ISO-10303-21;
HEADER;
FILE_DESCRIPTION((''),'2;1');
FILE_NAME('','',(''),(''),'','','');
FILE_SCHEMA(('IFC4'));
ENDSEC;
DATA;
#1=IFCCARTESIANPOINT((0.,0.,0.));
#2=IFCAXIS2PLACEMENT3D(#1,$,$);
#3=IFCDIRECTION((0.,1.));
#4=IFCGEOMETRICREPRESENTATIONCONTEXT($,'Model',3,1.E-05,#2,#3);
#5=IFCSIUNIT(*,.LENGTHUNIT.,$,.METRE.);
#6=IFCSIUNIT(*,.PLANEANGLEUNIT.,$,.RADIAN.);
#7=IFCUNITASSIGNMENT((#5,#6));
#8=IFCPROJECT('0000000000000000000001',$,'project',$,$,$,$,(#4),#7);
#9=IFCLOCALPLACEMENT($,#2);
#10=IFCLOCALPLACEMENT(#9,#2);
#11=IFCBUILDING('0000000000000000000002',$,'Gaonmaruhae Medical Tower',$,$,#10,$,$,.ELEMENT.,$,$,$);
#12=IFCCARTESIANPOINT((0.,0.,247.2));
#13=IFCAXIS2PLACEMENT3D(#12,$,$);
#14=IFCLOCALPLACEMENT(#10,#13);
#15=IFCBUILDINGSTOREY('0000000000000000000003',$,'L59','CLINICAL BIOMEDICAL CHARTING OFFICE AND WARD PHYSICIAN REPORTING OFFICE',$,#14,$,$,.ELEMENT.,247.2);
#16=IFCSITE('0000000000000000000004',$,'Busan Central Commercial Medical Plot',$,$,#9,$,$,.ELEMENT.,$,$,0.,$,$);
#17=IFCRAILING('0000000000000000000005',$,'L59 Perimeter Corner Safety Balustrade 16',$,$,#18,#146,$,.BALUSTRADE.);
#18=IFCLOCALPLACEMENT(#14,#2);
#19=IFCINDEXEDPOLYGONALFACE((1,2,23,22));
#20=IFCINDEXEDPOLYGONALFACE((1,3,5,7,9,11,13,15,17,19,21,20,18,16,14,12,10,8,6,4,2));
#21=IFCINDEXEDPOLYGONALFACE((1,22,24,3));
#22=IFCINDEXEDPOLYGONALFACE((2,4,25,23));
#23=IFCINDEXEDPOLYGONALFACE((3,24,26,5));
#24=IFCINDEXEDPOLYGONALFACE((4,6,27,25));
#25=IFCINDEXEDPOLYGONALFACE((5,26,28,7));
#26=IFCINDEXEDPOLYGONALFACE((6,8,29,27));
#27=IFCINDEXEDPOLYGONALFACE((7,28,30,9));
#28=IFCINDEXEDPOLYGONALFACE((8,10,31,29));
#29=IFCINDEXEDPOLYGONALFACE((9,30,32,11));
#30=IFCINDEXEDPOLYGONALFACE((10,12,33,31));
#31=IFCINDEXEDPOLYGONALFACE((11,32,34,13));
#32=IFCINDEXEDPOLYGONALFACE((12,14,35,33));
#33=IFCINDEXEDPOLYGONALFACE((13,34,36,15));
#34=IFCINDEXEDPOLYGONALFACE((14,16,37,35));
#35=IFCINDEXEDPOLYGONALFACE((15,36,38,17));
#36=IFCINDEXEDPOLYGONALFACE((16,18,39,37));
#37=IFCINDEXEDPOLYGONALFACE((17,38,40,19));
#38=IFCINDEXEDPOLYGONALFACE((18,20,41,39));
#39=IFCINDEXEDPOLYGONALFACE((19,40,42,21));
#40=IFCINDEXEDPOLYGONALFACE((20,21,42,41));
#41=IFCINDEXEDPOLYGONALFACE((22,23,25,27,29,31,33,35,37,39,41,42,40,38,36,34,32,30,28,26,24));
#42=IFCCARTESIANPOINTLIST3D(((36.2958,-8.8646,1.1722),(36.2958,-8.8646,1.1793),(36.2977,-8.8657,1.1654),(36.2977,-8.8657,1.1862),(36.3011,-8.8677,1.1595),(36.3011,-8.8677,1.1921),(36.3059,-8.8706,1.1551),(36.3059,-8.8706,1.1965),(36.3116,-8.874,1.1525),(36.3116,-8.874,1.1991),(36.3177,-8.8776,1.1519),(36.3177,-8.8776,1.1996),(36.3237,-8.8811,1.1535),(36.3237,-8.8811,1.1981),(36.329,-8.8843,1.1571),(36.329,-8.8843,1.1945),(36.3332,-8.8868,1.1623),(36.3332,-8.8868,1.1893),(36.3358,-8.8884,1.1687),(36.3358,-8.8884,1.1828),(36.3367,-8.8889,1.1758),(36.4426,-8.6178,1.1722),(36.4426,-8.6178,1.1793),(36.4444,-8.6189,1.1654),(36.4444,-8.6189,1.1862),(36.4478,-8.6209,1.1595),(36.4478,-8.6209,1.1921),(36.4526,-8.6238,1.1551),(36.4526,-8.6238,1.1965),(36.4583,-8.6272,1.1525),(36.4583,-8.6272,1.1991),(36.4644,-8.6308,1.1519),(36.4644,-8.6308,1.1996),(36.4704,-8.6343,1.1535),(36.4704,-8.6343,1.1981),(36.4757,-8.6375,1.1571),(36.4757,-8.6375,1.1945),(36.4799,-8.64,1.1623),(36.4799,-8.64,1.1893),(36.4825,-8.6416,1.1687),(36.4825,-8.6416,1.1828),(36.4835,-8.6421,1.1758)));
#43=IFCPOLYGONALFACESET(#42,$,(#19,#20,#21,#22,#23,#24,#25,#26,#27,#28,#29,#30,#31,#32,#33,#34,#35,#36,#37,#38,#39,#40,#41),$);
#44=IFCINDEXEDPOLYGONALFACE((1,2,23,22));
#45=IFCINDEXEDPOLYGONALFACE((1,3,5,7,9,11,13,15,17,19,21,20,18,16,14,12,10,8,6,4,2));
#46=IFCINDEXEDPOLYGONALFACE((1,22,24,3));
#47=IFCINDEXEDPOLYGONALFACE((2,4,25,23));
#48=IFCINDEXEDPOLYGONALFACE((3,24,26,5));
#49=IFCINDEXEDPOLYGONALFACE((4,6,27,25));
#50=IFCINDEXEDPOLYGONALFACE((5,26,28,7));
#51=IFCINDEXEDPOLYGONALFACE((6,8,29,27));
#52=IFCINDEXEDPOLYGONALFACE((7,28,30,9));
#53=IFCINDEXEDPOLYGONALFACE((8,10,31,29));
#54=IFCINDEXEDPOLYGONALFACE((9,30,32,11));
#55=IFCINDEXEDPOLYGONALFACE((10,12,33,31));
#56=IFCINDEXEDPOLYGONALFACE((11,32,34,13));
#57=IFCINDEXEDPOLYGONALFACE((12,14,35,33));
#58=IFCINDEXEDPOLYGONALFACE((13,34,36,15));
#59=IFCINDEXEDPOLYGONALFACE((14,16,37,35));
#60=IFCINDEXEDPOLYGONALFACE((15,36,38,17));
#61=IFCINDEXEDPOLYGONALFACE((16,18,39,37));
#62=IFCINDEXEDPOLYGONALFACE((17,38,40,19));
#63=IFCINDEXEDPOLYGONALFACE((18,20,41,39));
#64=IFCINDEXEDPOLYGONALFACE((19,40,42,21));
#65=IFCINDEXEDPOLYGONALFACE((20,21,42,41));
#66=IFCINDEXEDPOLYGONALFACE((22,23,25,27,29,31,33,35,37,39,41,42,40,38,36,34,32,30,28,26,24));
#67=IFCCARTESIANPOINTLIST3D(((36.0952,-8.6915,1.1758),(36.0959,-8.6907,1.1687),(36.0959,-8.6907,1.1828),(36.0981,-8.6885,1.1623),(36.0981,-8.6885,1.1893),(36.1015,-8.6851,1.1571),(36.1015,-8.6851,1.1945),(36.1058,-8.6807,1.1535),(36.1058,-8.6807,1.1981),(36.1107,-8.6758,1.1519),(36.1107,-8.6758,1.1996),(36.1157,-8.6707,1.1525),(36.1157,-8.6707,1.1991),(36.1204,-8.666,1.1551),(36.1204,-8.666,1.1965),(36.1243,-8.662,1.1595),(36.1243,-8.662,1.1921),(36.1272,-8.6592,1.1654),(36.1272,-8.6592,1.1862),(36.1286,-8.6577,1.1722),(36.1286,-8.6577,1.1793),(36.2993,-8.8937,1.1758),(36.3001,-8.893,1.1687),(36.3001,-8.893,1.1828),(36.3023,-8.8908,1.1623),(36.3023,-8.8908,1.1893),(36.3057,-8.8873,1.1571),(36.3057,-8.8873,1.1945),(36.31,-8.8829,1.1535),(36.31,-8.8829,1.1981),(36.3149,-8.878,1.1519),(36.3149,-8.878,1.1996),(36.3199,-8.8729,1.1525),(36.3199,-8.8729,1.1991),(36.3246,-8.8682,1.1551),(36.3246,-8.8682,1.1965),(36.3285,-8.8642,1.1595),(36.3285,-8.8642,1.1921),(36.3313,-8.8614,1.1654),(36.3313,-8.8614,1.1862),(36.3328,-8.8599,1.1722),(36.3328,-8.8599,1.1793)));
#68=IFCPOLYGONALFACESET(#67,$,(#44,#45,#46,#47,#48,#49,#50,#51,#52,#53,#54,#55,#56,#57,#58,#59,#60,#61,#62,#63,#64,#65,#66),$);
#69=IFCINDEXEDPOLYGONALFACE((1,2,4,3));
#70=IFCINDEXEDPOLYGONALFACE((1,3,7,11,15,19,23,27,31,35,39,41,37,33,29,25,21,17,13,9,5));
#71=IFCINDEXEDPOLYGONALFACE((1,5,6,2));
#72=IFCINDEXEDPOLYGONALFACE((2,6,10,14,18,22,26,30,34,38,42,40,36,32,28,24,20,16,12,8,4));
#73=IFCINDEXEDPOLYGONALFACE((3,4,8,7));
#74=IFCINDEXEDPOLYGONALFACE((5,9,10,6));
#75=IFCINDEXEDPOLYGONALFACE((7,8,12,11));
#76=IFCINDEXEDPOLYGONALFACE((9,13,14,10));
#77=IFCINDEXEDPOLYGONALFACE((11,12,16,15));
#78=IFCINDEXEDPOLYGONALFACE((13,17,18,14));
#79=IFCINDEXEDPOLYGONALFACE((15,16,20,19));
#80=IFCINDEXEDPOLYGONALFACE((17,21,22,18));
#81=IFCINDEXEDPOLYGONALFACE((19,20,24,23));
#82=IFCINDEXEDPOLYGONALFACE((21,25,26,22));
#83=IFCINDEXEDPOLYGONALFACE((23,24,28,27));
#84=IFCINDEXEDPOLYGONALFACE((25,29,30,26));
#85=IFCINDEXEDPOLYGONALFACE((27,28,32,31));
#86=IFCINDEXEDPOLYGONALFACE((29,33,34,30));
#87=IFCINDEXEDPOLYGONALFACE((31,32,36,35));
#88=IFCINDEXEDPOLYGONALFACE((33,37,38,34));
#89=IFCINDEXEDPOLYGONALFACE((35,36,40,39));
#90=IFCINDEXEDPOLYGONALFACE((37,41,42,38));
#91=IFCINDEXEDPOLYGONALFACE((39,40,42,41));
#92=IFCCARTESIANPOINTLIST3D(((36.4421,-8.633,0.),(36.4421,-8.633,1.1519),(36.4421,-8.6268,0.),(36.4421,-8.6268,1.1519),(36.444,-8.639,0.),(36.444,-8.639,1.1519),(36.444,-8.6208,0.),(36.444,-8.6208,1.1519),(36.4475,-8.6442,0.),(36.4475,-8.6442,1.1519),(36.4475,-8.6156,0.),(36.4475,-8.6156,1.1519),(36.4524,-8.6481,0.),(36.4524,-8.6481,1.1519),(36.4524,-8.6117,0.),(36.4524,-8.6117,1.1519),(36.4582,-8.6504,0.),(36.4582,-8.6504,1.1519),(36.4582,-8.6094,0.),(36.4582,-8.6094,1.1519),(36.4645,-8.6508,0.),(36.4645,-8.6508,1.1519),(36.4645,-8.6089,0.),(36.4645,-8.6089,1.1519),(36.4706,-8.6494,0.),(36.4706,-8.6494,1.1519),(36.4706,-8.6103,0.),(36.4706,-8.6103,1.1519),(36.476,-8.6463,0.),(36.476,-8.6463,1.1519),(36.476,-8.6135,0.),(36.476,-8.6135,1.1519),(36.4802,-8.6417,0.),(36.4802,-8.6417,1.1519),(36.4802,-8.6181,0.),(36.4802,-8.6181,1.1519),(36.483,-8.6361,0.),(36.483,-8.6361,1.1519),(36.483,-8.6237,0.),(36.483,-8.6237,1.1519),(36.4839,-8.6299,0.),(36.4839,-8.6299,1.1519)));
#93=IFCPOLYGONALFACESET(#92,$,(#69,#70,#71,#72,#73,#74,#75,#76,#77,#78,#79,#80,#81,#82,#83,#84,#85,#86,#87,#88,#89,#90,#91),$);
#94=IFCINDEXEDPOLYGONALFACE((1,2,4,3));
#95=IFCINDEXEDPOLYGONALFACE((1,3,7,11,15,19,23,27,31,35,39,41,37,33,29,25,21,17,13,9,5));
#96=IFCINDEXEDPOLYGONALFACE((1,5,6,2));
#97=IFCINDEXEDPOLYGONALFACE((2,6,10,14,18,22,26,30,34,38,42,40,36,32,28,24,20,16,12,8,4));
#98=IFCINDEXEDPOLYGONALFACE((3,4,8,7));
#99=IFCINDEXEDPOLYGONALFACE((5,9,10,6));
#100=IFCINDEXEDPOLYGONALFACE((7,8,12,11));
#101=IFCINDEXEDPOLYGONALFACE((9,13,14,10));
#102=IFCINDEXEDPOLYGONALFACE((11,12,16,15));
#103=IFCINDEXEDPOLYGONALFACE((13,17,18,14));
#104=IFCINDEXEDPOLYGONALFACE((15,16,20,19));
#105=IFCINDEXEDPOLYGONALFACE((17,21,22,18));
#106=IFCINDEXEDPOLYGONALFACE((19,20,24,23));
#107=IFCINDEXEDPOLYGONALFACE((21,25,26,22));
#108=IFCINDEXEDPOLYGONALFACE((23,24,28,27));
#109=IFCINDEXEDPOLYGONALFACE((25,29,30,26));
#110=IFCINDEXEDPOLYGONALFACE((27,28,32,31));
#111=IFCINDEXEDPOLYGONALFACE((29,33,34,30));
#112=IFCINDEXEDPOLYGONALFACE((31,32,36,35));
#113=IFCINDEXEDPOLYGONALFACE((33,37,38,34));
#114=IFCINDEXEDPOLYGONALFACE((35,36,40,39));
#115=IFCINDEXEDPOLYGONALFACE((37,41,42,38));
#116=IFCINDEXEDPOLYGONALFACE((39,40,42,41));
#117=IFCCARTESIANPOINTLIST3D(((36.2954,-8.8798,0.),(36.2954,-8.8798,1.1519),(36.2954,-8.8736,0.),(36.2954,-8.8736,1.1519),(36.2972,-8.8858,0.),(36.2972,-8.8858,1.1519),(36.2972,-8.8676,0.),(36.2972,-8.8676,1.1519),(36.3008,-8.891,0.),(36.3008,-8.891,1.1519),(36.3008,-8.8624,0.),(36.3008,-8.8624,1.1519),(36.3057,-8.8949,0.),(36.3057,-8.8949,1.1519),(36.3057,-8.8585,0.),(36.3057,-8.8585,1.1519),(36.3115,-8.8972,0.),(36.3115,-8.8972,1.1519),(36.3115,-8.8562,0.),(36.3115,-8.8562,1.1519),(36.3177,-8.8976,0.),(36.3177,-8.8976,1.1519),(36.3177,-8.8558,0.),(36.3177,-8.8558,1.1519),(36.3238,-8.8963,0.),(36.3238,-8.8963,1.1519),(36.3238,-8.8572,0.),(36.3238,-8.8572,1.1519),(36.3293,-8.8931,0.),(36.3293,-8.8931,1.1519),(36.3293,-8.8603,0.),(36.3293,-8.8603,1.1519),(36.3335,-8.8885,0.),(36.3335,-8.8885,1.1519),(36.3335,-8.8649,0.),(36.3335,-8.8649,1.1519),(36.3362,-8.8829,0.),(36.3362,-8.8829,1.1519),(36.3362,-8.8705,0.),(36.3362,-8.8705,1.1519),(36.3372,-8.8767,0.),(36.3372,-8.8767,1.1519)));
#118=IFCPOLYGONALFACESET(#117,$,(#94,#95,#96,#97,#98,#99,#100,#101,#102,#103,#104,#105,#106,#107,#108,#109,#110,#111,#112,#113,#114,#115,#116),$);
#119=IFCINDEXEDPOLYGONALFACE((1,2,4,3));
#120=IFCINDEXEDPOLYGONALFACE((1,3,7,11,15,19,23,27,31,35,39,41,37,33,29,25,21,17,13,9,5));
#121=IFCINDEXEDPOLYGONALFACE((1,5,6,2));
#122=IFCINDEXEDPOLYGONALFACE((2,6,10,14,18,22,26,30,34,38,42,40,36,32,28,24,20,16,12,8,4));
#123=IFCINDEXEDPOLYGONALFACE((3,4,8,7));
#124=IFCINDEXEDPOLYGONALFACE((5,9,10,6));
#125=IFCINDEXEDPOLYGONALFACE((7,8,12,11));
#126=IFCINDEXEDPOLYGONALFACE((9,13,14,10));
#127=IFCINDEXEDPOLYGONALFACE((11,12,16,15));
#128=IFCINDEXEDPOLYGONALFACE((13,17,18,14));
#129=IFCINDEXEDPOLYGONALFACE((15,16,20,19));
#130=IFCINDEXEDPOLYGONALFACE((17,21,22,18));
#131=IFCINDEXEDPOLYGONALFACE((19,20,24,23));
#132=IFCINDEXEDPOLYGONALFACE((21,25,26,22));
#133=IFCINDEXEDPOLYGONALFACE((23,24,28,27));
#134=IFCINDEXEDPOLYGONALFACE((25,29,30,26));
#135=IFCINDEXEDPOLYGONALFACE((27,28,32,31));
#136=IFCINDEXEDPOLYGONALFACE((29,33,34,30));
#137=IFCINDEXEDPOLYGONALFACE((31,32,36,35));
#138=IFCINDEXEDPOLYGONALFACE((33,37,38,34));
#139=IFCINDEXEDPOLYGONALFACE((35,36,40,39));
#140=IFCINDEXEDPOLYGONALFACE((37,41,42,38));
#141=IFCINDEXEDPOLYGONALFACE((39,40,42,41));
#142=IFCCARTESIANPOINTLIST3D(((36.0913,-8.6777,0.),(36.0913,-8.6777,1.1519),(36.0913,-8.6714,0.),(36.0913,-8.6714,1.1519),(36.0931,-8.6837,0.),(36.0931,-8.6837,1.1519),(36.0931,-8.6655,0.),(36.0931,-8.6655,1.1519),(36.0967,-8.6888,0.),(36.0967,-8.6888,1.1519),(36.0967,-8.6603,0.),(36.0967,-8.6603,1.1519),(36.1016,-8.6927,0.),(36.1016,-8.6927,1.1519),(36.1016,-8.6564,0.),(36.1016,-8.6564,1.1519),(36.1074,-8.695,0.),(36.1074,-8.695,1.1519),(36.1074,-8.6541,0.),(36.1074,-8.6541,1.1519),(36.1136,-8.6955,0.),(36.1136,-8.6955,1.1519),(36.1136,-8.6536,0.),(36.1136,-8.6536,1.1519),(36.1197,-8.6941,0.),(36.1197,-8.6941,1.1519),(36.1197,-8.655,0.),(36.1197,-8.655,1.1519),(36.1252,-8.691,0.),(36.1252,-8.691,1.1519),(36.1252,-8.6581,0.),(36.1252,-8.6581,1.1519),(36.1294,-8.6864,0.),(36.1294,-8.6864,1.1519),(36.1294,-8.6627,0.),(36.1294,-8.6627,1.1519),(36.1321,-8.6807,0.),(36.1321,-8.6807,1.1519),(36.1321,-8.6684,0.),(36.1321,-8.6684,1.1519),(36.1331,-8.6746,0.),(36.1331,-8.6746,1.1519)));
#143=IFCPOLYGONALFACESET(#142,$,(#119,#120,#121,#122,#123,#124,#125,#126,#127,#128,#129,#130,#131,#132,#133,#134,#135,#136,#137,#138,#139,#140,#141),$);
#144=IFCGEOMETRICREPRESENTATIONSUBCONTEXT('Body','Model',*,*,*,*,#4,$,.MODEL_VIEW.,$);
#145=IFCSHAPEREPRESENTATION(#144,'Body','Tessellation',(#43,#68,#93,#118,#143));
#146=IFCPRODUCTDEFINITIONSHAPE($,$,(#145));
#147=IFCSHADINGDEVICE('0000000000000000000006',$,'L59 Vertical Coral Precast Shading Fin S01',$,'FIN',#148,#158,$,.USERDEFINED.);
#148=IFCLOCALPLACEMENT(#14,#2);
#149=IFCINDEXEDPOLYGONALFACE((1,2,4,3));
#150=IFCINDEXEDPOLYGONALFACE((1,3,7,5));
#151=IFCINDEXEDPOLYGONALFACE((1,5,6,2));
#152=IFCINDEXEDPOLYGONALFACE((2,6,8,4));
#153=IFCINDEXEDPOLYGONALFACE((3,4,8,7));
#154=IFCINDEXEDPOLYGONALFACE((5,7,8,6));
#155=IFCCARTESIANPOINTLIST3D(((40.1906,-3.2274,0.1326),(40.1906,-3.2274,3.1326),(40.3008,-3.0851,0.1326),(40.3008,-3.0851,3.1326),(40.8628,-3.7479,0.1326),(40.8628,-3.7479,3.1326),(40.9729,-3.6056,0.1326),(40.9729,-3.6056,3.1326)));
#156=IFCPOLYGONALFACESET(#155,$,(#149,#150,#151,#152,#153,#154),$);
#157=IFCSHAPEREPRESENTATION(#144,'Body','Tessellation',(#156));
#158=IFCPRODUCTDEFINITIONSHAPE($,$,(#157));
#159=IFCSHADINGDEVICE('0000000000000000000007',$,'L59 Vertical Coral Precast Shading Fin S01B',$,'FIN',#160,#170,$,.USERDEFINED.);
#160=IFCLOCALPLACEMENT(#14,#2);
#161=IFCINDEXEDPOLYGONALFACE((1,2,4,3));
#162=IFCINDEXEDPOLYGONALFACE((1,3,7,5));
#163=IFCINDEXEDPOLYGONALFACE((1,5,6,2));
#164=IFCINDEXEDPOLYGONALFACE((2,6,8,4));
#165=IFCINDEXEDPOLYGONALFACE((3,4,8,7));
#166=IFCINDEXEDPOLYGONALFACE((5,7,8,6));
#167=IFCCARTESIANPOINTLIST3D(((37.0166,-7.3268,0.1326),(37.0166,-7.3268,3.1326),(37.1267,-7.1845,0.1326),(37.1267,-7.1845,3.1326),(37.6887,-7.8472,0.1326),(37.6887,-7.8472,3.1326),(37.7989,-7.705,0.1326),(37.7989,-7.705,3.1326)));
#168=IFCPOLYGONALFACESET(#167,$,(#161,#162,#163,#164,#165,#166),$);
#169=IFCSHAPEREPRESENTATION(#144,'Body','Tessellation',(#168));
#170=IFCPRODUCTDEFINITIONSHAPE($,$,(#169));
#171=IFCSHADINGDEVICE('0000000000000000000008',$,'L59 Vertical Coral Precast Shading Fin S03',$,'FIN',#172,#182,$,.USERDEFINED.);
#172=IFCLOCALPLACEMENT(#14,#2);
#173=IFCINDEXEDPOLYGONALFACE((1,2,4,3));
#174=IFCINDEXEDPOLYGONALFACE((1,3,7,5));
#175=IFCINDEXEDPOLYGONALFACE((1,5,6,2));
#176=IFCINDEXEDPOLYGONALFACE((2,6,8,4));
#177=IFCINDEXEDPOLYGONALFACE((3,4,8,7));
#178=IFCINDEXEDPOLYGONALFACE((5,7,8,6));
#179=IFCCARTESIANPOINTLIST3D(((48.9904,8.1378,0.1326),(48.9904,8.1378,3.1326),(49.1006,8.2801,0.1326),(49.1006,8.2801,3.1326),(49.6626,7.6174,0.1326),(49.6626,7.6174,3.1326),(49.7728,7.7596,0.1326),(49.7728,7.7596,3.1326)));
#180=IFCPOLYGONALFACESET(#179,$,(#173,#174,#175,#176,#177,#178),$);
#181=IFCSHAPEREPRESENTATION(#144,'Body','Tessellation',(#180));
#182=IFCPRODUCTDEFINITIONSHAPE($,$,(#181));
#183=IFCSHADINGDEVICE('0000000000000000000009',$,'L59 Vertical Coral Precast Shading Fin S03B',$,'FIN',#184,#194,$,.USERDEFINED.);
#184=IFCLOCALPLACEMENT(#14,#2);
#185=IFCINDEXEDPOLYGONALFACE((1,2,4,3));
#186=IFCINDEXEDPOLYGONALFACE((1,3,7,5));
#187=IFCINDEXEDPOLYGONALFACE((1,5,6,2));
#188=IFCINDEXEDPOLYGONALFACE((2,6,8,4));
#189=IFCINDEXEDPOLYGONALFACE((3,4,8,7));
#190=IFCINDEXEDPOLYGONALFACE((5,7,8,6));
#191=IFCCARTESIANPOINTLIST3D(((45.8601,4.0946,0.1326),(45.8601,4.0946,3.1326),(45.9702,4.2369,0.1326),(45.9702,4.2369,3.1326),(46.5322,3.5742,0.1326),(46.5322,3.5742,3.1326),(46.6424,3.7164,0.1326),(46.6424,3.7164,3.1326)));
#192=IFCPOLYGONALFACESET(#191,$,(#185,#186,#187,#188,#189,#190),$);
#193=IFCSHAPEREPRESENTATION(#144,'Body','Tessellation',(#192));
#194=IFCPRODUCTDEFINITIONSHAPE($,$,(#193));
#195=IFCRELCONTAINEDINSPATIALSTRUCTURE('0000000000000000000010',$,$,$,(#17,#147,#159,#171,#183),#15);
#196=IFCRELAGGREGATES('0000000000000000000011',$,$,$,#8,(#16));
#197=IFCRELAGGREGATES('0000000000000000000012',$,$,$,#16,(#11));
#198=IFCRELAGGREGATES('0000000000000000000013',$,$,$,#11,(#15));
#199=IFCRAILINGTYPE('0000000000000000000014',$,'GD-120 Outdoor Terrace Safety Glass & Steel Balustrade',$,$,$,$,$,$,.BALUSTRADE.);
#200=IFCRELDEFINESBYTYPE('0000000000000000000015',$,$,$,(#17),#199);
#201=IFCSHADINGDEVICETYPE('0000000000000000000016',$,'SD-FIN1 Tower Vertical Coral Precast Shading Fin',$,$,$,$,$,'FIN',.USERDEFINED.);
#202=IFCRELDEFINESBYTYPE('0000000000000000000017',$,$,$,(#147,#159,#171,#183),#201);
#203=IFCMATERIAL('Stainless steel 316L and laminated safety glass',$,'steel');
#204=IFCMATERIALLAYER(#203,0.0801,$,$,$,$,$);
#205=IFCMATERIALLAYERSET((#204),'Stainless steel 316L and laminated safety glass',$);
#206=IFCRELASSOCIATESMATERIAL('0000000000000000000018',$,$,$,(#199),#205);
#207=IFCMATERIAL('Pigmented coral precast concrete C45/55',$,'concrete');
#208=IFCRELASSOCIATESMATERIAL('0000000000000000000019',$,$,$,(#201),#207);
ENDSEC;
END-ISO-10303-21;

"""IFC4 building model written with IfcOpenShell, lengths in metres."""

from ifc_helpers import new_model, si_unit, direction, frame, origin, origin_2d, place, context, subcontext, project, spatial, rectangle, circle, extrude, material, layer, layer_set, type_object, element, save


model = new_model("IFC4")

# Units and contexts
model_context = context("Model", 3, precision=1e-05, world=origin(), true_north=direction((0.0, 1.0)))
body_context = subcontext(model_context, "Body", "Model", "MODEL_VIEW")
ifc_project = project(units=[si_unit("LENGTHUNIT", "METRE"), si_unit("PLANEANGLEUNIT", "RADIAN")], contexts=[model_context])

# Site, building, storey
site_placement = place(None, origin())
site = spatial("IfcSite", under=ifc_project, at=site_placement, Name="Busan Central Commercial Medical Plot", CompositionType="ELEMENT", RefElevation=0.0)
building_placement = place(site_placement, origin())
building = spatial("IfcBuilding", under=site, at=building_placement, Name="Gaonmaruhae Medical Tower", CompositionType="ELEMENT")
storey_placement = place(building_placement, frame((0.0, 0.0, 247.2)))
storey = spatial("IfcBuildingStorey", under=building, at=storey_placement, Name="L59", Description="CLINICAL BIOMEDICAL CHARTING OFFICE AND WARD PHYSICIAN REPORTING OFFICE", CompositionType="ELEMENT", Elevation=247.2)

# Railing
ifc_material_1 = material(Name="Stainless steel 316L and laminated safety glass", Category="steel")
ifc_layer_1 = layer(ifc_material_1, 0.0801)
ifc_layer_set_1 = layer_set([ifc_layer_1], Name="Stainless steel 316L and laminated safety glass")
railing_type = type_object("IfcRailingType", Name="GD-120 Outdoor Terrace Safety Glass & Steel Balustrade", PredefinedType="BALUSTRADE", material=ifc_layer_set_1)
railing_1_placement = place(storey_placement, frame((36.4629, -8.6299, 0.0)))
element("IfcRailing", 1, at=railing_1_placement, inside=storey, type_object=railing_type, Name="L59 Perimeter Corner Safety Balustrade 16", PredefinedType="BALUSTRADE", context=body_context, shape_type="SweptSolid", body=[
    extrude(circle(Radius=0.0239, at=origin_2d()), frame((0.0, 0.0, 1.1758), z_axis=(-0.510991, -0.859586, 0.0), x_axis=(0.859586, -0.510991, 0.0)), (0.0, 0.0, 1.0), 0.2871),
    extrude(circle(Radius=0.0239, at=origin_2d()), frame((-0.1467, -0.2468, 1.1758), z_axis=(-0.710498, 0.703699, 0.0), x_axis=(-0.703699, -0.710498, 0.0)), (0.0, 0.0, 1.0), 0.2874),
    extrude(circle(Radius=0.021, at=origin_2d()), origin(), (0.0, 0.0, 1.0), 1.1519),
    extrude(circle(Radius=0.021, at=origin_2d()), frame((-0.1467, -0.2468, 0.0)), (0.0, 0.0, 1.0), 1.1519),
    extrude(circle(Radius=0.021, at=origin_2d()), frame((-0.3508, -0.0447, 0.0)), (0.0, 0.0, 1.0), 1.1519),
])

# Shading devices
ifc_material_2 = material(Name="Pigmented coral precast concrete C45/55", Category="concrete")
shading_device_type = type_object("IfcShadingDeviceType", Name="SD-FIN1 Tower Vertical Coral Precast Shading Fin", ElementType="FIN", PredefinedType="USERDEFINED", material=ifc_material_2)
for number, where, z_axis, x_axis, name in (
    (2, (40.5818, -3.4165, 0.1326), (0.0, 0.0, 1.0), (-0.612217, -0.79069, 0.0), "L59 Vertical Coral Precast Shading Fin S01"),
    (3, (37.4077, -7.5159, 0.1326), (0.0, 0.0, 1.0), (-0.612217, -0.79069, 0.0), "L59 Vertical Coral Precast Shading Fin S01B"),
    (4, (49.3816, 7.9487, 0.1326), (0.0, 0.0, 1.0), (-0.612217, -0.79069, 0.0), "L59 Vertical Coral Precast Shading Fin S03"),
    (5, (46.2512, 3.9055, 0.1326), (0.0, 0.0, 1.0), (-0.612217, -0.79069, 0.0), "L59 Vertical Coral Precast Shading Fin S03B"),
):
    element("IfcShadingDevice", number, at=place(storey_placement, frame(where, z_axis=z_axis, x_axis=x_axis)), inside=storey, type_object=shading_device_type, Name=name, ObjectType="FIN", PredefinedType="USERDEFINED", context=body_context, shape_type="SweptSolid", body=[
        extrude(rectangle(XDim=0.1799, YDim=0.8501, at=origin_2d()), origin(), (0.0, 0.0, 1.0), 3.0),
    ])

save(model, "model.ifc")
